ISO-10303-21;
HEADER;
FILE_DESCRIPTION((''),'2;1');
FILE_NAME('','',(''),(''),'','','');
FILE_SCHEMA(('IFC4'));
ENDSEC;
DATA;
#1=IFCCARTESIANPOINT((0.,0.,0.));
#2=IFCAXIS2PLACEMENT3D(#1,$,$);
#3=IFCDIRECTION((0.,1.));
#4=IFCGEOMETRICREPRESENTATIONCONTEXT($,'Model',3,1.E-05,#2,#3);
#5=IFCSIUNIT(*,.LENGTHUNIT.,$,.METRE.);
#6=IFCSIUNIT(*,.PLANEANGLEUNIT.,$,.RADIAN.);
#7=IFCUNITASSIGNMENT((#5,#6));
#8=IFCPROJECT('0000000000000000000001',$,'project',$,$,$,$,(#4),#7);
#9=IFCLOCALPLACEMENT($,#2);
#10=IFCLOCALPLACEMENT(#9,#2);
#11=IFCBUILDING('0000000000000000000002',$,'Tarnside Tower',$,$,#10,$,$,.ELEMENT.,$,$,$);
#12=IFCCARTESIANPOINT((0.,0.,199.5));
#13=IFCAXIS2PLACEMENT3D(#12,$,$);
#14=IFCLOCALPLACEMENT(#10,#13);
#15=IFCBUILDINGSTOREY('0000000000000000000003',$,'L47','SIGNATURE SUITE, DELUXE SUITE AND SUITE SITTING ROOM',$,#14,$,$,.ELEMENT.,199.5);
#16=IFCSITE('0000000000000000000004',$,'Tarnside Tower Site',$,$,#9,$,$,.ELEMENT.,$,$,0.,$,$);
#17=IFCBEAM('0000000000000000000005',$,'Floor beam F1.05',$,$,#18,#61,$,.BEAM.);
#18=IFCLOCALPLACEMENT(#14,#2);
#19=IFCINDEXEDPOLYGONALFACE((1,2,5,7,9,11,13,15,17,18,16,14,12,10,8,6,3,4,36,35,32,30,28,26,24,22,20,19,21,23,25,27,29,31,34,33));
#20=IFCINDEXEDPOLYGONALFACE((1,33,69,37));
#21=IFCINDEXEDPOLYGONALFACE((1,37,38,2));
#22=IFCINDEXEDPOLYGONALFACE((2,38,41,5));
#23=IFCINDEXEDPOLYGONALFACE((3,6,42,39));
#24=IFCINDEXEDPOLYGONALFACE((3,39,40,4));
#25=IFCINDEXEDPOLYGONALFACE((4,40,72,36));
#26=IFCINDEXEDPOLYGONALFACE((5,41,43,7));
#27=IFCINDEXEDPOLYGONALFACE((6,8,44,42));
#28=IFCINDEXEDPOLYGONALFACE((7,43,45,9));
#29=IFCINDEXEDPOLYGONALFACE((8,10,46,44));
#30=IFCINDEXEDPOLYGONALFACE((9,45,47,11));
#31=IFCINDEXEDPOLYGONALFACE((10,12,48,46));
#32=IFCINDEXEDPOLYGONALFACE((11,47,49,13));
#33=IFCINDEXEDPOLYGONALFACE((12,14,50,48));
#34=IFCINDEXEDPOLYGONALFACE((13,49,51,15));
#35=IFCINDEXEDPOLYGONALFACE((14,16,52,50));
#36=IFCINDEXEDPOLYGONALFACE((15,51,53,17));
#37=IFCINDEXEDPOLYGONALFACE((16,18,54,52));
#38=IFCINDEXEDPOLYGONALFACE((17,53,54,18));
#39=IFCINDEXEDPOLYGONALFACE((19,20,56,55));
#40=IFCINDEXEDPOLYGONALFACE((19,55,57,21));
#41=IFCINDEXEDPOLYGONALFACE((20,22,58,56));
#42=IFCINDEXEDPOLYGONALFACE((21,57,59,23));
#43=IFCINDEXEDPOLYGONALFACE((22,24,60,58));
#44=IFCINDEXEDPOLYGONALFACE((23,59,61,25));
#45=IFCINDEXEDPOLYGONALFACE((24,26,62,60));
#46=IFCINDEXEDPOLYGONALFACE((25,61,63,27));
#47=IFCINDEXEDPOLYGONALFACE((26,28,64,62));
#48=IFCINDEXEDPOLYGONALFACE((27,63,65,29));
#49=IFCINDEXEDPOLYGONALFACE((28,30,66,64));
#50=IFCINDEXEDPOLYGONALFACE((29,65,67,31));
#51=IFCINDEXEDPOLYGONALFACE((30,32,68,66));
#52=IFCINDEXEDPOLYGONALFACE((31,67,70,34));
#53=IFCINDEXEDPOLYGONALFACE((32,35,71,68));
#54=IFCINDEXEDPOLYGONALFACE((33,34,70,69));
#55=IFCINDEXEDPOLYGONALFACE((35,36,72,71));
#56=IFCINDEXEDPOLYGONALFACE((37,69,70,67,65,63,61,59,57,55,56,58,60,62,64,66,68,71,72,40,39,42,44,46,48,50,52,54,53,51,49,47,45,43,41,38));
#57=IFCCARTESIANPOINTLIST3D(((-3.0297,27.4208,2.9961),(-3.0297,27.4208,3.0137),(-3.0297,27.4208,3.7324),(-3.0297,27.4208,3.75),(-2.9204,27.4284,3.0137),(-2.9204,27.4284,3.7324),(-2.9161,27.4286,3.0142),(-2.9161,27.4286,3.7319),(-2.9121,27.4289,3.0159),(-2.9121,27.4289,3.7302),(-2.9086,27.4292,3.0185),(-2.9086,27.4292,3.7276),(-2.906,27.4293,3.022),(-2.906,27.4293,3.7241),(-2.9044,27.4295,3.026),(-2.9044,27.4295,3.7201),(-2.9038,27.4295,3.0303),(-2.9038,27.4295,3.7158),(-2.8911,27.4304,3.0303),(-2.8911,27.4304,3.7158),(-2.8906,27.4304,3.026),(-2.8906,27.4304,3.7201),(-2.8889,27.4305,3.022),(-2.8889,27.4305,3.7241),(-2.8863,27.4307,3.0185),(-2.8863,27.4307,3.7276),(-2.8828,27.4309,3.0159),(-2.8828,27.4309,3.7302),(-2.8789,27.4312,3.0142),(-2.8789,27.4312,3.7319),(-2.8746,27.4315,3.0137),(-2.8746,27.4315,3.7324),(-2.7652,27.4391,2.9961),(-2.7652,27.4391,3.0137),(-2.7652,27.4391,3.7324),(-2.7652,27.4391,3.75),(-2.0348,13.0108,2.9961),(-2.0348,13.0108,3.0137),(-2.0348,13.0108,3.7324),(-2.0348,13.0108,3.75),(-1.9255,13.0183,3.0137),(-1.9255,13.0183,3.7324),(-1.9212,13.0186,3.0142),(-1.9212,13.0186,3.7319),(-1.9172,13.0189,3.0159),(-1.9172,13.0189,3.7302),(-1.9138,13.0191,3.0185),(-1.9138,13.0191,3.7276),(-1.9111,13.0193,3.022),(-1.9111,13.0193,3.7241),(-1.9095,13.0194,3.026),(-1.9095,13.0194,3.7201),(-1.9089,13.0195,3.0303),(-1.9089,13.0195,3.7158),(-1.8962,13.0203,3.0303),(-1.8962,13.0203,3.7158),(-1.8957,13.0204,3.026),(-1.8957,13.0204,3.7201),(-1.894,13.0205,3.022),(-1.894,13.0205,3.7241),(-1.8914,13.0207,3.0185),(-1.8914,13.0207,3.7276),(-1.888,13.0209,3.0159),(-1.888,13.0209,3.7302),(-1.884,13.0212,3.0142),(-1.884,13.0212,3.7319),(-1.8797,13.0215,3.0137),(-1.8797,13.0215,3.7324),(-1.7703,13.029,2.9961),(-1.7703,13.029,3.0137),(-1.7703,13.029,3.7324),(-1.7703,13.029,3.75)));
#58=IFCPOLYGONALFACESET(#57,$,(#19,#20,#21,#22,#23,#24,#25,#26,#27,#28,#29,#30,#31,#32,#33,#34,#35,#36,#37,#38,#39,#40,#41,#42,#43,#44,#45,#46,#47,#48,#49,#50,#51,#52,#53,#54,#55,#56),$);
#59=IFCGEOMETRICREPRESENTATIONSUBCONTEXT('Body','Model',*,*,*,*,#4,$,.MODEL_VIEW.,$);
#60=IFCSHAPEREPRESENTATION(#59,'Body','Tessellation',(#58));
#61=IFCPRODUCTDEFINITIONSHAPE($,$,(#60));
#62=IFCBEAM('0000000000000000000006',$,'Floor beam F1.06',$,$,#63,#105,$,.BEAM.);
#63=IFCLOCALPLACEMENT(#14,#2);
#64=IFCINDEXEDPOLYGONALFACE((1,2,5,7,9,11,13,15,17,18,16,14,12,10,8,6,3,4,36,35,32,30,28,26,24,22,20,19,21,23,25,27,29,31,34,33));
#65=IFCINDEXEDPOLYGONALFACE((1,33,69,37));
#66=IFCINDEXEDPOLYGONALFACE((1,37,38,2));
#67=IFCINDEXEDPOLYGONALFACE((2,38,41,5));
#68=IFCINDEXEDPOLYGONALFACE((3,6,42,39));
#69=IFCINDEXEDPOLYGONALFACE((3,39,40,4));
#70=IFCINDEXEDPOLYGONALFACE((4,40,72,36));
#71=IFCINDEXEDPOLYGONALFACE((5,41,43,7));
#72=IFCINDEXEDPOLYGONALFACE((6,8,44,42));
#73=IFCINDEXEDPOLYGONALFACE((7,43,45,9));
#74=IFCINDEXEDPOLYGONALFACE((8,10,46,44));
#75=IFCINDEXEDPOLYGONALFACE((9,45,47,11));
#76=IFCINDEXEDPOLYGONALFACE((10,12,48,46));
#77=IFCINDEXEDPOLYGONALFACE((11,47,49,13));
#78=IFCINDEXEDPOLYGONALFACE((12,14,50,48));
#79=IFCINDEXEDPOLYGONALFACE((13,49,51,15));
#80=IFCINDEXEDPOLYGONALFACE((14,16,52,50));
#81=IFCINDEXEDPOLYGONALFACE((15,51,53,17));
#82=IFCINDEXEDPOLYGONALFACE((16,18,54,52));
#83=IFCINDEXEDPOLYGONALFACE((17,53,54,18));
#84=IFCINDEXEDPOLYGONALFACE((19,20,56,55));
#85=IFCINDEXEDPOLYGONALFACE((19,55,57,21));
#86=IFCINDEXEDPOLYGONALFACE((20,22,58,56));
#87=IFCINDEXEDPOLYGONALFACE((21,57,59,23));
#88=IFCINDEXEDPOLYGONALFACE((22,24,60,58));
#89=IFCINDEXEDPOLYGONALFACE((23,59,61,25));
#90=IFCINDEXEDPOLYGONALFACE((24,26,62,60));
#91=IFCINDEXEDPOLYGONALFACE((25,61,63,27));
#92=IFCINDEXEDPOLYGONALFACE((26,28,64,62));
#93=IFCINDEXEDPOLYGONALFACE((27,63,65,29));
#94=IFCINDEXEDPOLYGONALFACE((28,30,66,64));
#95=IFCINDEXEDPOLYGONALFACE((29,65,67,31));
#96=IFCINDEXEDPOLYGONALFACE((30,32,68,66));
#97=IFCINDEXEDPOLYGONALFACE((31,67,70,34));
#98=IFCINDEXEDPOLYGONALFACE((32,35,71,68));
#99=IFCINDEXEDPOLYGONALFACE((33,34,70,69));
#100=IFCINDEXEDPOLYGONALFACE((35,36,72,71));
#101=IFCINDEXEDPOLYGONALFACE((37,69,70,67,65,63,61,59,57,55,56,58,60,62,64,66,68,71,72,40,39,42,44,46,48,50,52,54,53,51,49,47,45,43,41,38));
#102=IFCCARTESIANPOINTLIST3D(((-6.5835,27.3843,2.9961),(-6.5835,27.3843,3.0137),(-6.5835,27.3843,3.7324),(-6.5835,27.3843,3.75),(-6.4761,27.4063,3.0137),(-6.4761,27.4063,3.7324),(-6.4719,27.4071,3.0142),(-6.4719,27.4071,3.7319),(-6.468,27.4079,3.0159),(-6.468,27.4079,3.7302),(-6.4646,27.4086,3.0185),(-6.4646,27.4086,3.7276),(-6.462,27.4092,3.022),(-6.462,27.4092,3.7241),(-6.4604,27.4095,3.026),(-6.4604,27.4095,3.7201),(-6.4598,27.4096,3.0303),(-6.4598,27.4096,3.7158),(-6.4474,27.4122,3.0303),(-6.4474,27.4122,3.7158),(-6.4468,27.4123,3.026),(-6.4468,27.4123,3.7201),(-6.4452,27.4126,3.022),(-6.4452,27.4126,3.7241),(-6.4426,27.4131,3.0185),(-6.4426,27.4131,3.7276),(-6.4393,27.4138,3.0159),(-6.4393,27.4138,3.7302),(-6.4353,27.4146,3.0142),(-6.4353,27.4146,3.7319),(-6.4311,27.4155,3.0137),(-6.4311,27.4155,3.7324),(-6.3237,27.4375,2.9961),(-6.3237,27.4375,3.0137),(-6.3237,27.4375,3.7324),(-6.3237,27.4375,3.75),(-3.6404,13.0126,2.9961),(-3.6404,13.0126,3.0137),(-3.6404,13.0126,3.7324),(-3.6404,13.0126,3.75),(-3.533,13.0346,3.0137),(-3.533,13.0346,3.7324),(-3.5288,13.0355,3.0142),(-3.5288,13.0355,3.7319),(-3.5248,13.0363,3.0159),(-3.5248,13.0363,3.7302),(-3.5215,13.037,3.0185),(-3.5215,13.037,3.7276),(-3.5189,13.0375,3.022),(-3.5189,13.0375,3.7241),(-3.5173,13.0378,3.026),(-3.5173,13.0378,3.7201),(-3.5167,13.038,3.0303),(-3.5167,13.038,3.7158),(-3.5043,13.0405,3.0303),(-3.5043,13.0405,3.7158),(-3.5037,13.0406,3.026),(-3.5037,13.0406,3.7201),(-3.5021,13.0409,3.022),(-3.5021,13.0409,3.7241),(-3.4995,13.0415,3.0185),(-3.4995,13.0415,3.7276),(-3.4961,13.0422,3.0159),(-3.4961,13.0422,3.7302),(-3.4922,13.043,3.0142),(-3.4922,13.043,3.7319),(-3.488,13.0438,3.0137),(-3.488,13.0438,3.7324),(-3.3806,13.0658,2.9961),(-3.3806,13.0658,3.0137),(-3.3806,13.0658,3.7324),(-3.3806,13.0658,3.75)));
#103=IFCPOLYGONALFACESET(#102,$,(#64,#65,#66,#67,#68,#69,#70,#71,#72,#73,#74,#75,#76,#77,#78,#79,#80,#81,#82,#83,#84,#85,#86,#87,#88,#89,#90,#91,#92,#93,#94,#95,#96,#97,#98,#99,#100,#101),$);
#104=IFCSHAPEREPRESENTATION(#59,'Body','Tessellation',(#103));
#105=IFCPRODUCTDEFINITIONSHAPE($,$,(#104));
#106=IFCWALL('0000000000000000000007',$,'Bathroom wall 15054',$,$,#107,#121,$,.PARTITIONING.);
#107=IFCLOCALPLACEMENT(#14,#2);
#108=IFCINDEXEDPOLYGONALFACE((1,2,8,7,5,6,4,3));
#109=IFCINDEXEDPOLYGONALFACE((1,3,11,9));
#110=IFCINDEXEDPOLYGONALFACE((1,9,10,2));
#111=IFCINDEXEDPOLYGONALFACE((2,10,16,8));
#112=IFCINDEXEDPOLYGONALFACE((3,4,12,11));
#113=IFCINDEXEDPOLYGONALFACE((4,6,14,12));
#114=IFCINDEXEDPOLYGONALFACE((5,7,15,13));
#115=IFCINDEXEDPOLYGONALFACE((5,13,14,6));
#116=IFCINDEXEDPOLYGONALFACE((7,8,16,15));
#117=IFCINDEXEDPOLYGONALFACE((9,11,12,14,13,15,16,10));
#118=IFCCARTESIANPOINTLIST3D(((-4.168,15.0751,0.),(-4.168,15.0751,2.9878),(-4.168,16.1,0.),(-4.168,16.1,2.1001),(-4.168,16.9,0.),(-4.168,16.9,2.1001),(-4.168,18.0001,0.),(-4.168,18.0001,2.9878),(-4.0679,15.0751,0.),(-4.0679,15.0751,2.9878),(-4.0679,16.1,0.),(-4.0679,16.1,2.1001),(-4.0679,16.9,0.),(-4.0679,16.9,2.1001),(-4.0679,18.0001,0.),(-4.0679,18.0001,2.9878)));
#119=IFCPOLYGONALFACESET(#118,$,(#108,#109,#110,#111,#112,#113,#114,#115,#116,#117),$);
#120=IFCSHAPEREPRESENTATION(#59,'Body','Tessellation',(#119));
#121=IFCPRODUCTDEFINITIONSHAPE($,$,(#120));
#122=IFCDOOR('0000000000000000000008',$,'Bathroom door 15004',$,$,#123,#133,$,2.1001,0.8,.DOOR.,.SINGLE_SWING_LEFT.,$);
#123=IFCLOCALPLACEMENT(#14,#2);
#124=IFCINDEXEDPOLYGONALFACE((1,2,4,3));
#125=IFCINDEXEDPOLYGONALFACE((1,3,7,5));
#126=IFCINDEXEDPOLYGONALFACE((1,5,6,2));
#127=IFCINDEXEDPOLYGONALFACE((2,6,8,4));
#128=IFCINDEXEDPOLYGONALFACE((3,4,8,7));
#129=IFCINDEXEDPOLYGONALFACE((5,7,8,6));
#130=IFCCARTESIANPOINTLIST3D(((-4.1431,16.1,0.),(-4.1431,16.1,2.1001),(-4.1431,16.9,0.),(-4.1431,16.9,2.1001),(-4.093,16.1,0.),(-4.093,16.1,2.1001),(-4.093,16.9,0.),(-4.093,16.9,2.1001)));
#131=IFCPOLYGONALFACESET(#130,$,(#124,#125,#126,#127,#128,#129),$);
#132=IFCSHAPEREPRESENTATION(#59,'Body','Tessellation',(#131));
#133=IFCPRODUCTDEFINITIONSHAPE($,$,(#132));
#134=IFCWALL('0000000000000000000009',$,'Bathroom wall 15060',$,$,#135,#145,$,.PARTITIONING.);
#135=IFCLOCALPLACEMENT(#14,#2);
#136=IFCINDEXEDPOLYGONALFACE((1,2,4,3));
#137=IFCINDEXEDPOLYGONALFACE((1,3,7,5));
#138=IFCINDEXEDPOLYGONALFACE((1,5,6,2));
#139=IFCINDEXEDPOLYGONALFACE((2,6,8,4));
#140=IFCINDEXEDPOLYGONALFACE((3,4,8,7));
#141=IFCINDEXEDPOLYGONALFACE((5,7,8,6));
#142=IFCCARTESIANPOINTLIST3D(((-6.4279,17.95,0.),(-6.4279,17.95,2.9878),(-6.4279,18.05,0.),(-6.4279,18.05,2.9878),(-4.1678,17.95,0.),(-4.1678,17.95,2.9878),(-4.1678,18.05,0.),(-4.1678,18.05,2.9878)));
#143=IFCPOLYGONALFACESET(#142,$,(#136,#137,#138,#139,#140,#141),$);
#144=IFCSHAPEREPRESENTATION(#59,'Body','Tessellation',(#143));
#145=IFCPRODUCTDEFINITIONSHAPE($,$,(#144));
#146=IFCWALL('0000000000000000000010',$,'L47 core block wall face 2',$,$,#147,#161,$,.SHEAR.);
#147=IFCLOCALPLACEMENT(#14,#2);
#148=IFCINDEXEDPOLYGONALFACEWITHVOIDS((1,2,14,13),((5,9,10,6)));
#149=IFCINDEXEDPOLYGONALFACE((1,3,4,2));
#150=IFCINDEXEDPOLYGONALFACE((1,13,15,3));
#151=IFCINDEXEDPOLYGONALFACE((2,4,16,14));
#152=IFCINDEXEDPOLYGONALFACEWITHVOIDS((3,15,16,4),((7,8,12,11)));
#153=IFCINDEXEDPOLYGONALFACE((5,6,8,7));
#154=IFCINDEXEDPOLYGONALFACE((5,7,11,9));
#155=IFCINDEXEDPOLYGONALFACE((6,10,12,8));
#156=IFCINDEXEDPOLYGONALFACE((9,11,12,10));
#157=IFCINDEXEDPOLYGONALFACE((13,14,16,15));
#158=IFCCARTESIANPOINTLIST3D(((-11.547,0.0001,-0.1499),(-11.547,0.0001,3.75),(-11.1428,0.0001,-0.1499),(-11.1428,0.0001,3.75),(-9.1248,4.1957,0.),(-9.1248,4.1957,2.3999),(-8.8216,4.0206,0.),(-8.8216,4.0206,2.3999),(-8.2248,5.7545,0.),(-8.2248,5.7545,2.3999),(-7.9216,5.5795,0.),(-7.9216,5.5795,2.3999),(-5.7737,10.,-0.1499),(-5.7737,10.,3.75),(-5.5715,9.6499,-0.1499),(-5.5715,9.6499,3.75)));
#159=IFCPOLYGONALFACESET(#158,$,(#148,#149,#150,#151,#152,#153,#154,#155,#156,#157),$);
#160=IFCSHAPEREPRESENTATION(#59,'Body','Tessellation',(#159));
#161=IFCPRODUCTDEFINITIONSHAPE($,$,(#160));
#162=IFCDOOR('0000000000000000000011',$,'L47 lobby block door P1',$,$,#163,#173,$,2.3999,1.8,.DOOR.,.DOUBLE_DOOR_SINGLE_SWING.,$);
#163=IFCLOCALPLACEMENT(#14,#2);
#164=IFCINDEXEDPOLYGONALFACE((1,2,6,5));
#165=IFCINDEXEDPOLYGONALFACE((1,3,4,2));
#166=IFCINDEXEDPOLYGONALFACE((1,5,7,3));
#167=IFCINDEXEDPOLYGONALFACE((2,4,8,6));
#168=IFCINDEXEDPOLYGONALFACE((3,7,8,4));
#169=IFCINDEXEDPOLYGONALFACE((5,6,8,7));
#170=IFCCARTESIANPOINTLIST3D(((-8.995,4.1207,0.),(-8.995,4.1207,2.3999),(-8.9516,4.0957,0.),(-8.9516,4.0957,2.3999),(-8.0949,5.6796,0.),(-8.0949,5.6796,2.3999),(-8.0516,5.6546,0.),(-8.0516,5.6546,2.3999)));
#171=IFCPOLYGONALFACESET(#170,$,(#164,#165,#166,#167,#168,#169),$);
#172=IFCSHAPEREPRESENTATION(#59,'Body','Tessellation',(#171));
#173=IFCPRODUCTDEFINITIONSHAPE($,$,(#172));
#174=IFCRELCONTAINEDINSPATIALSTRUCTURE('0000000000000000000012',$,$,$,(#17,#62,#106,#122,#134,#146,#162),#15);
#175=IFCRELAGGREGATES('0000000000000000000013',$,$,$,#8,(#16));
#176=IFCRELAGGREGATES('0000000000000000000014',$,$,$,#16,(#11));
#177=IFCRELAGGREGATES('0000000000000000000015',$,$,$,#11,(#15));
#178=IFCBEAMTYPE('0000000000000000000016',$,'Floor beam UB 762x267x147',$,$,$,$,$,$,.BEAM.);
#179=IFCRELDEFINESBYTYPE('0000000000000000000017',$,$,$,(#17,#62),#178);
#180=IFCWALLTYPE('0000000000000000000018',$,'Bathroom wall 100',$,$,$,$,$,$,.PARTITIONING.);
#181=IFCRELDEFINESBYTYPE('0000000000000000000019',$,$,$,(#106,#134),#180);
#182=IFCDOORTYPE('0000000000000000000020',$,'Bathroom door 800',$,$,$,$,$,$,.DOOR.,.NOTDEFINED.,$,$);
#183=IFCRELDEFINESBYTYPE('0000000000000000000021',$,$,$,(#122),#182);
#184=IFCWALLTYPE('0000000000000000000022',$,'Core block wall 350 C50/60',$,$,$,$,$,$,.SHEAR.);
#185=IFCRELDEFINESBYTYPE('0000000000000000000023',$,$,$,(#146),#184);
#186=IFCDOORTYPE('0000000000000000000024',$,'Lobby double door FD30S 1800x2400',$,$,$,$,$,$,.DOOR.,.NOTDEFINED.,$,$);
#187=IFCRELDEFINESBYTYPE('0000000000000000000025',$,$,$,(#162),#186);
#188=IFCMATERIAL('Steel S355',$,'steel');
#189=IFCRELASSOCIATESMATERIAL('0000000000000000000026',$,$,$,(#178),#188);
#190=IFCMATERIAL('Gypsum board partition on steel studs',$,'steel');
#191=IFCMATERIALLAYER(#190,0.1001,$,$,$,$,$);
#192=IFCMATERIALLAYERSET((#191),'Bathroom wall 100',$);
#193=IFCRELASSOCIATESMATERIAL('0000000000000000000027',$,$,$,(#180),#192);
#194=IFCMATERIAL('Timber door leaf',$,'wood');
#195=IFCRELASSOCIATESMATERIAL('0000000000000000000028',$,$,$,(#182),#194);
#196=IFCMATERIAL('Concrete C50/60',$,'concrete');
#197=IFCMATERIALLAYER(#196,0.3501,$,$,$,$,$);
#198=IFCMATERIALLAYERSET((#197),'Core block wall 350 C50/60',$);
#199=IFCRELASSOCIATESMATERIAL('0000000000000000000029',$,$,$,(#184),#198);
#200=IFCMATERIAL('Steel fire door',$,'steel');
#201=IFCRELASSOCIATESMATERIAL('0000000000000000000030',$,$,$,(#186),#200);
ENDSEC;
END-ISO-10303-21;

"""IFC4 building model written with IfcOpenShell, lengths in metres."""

from ifc_helpers import new_model, si_unit, direction, frame, frame_2d, origin, origin_2d, place, context, subcontext, project, spatial, polyline, rectangle, i_section, outline, extrude, material, layer, layer_set, material_profile, profile_set, type_object, element, fill, save


model = new_model("IFC4")

# Units and contexts
model_context = context("Model", 3, precision=1e-05, world=origin(), true_north=direction((0.0, 1.0)))
body_context = subcontext(model_context, "Body", "Model", "MODEL_VIEW")
ifc_project = project(units=[si_unit("LENGTHUNIT", "METRE"), si_unit("PLANEANGLEUNIT", "RADIAN")], contexts=[model_context])

# Site, building, storey
site_placement = place(None, origin())
site = spatial("IfcSite", under=ifc_project, at=site_placement, Name="Tarnside Tower Site", CompositionType="ELEMENT", RefElevation=0.0)
building_placement = place(site_placement, origin())
building = spatial("IfcBuilding", under=site, at=building_placement, Name="Tarnside Tower", CompositionType="ELEMENT")
storey_placement = place(building_placement, frame((0.0, 0.0, 199.5)))
storey = spatial("IfcBuildingStorey", under=building, at=storey_placement, Name="L47", Description="SIGNATURE SUITE, DELUXE SUITE AND SUITE SITTING ROOM", CompositionType="ELEMENT", Elevation=199.5)

# Beams
ifc_material_1 = material(Name="Steel S355", Category="steel")
ifc_material_profile = material_profile(ifc_material_1, i_section(OverallWidth=0.2651, OverallDepth=0.7539, WebThickness=0.0127, FlangeThickness=0.0176, FilletRadius=0.0166, at=origin_2d()), Name="UB 762x267x147")
ifc_profile_set = profile_set([ifc_material_profile], Name="Steel S355")
beam_type = type_object("IfcBeamType", Name="Floor beam UB 762x267x147", PredefinedType="BEAM", material=ifc_profile_set)
beam_1_placement = place(storey_placement, frame((-2.8975, 27.4299, 3.373), z_axis=(0.068877, -0.997625, 0.0), x_axis=(0.997625, 0.068877, 0.0)))
element("IfcBeam", 1, at=beam_1_placement, inside=storey, type_object=beam_type, Name="Floor beam F1.05", PredefinedType="BEAM", context=body_context, shape_type="SweptSolid", body=[
    extrude(i_section(OverallWidth=0.2651, OverallDepth=0.7539, WebThickness=0.0127, FlangeThickness=0.0176, FilletRadius=0.0166, at=origin_2d()), origin(), (0.0, 0.0, 1.0), 14.4443),
])
beam_2_placement = place(storey_placement, frame((-6.4536, 27.4109, 3.373), z_axis=(0.200623, -0.979668, 0.0), x_axis=(0.979668, 0.200623, 0.0)))
element("IfcBeam", 2, at=beam_2_placement, inside=storey, type_object=beam_type, Name="Floor beam F1.06", PredefinedType="BEAM", context=body_context, shape_type="SweptSolid", body=[
    extrude(i_section(OverallWidth=0.2651, OverallDepth=0.7539, WebThickness=0.0127, FlangeThickness=0.0176, FilletRadius=0.0166, at=origin_2d()), origin(), (0.0, 0.0, 1.0), 14.6699),
])

# Wall, opening, door
ifc_material_2 = material(Name="Gypsum board partition on steel studs", Category="steel")
ifc_layer_1 = layer(ifc_material_2, 0.1001)
ifc_layer_set_1 = layer_set([ifc_layer_1], Name="Bathroom wall 100")
wall_type_1 = type_object("IfcWallType", Name="Bathroom wall 100", PredefinedType="PARTITIONING", material=ifc_layer_set_1)
wall_1_placement = place(storey_placement, frame((-4.1179, 18.0, 0.0), z_axis=(0.0, 0.0, 1.0), x_axis=(0.0, -1.0, 0.0)))
wall_1 = element("IfcWall", 3, at=wall_1_placement, inside=storey, type_object=wall_type_1, Name="Bathroom wall 15054", PredefinedType="PARTITIONING", context=body_context, shape_type="SweptSolid", body=[
    extrude(rectangle(XDim=2.925, YDim=0.1001, at=frame_2d((1.4624, 0.0))), origin(), (0.0, 0.0, 1.0), 2.9878),
])
opening_1_placement = place(wall_1_placement, frame((1.1001, 0.0, 0.0)))
opening_1 = element("IfcOpeningElement", 4, at=opening_1_placement, cuts=wall_1, PredefinedType="OPENING", context=body_context, shape_type="SweptSolid", body=[
    extrude(rectangle(XDim=0.8, YDim=2.1001, at=frame_2d((0.3999, 1.05))), frame((0.0, 0.0601, 0.0), z_axis=(0.0, -1.0, 0.0), x_axis=(1.0, 0.0, 0.0)), (0.0, 0.0, 1.0), 0.1201),
])
ifc_material_3 = material(Name="Timber door leaf", Category="wood")
door_type_1 = type_object("IfcDoorType", Name="Bathroom door 800", OperationType="NOTDEFINED", PredefinedType="DOOR", material=ifc_material_3)
door_1_placement = place(opening_1_placement, origin())
door_1 = element("IfcDoor", 5, at=door_1_placement, inside=storey, type_object=door_type_1, Name="Bathroom door 15004", OperationType="SINGLE_SWING_LEFT", OverallHeight=2.1001, OverallWidth=0.8, PredefinedType="DOOR", context=body_context, shape_type="SweptSolid", body=[
    extrude(rectangle(XDim=0.8, YDim=2.1001, at=frame_2d((0.3999, 1.05))), frame((0.0, 0.0249, 0.0), z_axis=(0.0, -1.0, 0.0), x_axis=(1.0, 0.0, 0.0)), (0.0, 0.0, 1.0), 0.05),
])
fill(opening_1, door_1)

# Wall
wall_2_placement = place(storey_placement, frame((-4.168, 18.0, 0.0), z_axis=(0.0, 0.0, 1.0), x_axis=(-1.0, 0.0, 0.0)))
element("IfcWall", 6, at=wall_2_placement, inside=storey, type_object=wall_type_1, Name="Bathroom wall 15060", PredefinedType="PARTITIONING", context=body_context, shape_type="SweptSolid", body=[
    extrude(rectangle(XDim=2.26, YDim=0.1001, at=frame_2d((1.1299, 0.0))), origin(), (0.0, 0.0, 1.0), 2.9878),
])

# Wall, opening, door
ifc_material_4 = material(Name="Concrete C50/60", Category="concrete")
ifc_layer_2 = layer(ifc_material_4, 0.3501)
ifc_layer_set_2 = layer_set([ifc_layer_2], Name="Core block wall 350 C50/60")
wall_type_2 = type_object("IfcWallType", Name="Core block wall 350 C50/60", PredefinedType="SHEAR", material=ifc_layer_set_2)
wall_3_placement = place(storey_placement, frame((-5.6726, 9.825, -0.1499), z_axis=(0.0, 0.0, 1.0), x_axis=(-0.499995, -0.866028, 0.0)))
wall_3 = element("IfcWall", 7, at=wall_3_placement, inside=storey, type_object=wall_type_2, Name="L47 core block wall face 2", PredefinedType="SHEAR", context=body_context, shape_type="SweptSolid", body=[
    extrude(outline(polyline([(-0.1011, -0.175), (11.4458, -0.175), (11.2437, 0.175), (0.1011, 0.175), (-0.1011, -0.175)])), origin(), (0.0, 0.0, 1.0), 3.8999),
])
opening_2_placement = place(wall_3_placement, frame((4.8013, 0.0, 0.1499)))
opening_2 = element("IfcOpeningElement", 8, at=opening_2_placement, cuts=wall_3, PredefinedType="OPENING", context=body_context, shape_type="SweptSolid", body=[
    extrude(rectangle(XDim=1.8, YDim=2.3999, at=frame_2d((0.8999, 1.2))), frame((0.0, 0.1851, 0.0), z_axis=(0.0, -1.0, 0.0), x_axis=(1.0, 0.0, 0.0)), (0.0, 0.0, 1.0), 0.3701),
])
ifc_material_5 = material(Name="Steel fire door", Category="steel")
door_type_2 = type_object("IfcDoorType", Name="Lobby double door FD30S 1800x2400", OperationType="NOTDEFINED", PredefinedType="DOOR", material=ifc_material_5)
door_2_placement = place(opening_2_placement, origin())
door_2 = element("IfcDoor", 9, at=door_2_placement, inside=storey, type_object=door_type_2, Name="L47 lobby block door P1", OperationType="DOUBLE_DOOR_SINGLE_SWING", OverallHeight=2.3999, OverallWidth=1.8, PredefinedType="DOOR", context=body_context, shape_type="SweptSolid", body=[
    extrude(rectangle(XDim=1.8, YDim=2.3999, at=frame_2d((0.8999, 1.2))), frame((0.0, 0.0249, 0.0), z_axis=(0.0, -1.0, 0.0), x_axis=(1.0, 0.0, 0.0)), (0.0, 0.0, 1.0), 0.05),
])
fill(opening_2, door_2)

save(model, "model.ifc")
